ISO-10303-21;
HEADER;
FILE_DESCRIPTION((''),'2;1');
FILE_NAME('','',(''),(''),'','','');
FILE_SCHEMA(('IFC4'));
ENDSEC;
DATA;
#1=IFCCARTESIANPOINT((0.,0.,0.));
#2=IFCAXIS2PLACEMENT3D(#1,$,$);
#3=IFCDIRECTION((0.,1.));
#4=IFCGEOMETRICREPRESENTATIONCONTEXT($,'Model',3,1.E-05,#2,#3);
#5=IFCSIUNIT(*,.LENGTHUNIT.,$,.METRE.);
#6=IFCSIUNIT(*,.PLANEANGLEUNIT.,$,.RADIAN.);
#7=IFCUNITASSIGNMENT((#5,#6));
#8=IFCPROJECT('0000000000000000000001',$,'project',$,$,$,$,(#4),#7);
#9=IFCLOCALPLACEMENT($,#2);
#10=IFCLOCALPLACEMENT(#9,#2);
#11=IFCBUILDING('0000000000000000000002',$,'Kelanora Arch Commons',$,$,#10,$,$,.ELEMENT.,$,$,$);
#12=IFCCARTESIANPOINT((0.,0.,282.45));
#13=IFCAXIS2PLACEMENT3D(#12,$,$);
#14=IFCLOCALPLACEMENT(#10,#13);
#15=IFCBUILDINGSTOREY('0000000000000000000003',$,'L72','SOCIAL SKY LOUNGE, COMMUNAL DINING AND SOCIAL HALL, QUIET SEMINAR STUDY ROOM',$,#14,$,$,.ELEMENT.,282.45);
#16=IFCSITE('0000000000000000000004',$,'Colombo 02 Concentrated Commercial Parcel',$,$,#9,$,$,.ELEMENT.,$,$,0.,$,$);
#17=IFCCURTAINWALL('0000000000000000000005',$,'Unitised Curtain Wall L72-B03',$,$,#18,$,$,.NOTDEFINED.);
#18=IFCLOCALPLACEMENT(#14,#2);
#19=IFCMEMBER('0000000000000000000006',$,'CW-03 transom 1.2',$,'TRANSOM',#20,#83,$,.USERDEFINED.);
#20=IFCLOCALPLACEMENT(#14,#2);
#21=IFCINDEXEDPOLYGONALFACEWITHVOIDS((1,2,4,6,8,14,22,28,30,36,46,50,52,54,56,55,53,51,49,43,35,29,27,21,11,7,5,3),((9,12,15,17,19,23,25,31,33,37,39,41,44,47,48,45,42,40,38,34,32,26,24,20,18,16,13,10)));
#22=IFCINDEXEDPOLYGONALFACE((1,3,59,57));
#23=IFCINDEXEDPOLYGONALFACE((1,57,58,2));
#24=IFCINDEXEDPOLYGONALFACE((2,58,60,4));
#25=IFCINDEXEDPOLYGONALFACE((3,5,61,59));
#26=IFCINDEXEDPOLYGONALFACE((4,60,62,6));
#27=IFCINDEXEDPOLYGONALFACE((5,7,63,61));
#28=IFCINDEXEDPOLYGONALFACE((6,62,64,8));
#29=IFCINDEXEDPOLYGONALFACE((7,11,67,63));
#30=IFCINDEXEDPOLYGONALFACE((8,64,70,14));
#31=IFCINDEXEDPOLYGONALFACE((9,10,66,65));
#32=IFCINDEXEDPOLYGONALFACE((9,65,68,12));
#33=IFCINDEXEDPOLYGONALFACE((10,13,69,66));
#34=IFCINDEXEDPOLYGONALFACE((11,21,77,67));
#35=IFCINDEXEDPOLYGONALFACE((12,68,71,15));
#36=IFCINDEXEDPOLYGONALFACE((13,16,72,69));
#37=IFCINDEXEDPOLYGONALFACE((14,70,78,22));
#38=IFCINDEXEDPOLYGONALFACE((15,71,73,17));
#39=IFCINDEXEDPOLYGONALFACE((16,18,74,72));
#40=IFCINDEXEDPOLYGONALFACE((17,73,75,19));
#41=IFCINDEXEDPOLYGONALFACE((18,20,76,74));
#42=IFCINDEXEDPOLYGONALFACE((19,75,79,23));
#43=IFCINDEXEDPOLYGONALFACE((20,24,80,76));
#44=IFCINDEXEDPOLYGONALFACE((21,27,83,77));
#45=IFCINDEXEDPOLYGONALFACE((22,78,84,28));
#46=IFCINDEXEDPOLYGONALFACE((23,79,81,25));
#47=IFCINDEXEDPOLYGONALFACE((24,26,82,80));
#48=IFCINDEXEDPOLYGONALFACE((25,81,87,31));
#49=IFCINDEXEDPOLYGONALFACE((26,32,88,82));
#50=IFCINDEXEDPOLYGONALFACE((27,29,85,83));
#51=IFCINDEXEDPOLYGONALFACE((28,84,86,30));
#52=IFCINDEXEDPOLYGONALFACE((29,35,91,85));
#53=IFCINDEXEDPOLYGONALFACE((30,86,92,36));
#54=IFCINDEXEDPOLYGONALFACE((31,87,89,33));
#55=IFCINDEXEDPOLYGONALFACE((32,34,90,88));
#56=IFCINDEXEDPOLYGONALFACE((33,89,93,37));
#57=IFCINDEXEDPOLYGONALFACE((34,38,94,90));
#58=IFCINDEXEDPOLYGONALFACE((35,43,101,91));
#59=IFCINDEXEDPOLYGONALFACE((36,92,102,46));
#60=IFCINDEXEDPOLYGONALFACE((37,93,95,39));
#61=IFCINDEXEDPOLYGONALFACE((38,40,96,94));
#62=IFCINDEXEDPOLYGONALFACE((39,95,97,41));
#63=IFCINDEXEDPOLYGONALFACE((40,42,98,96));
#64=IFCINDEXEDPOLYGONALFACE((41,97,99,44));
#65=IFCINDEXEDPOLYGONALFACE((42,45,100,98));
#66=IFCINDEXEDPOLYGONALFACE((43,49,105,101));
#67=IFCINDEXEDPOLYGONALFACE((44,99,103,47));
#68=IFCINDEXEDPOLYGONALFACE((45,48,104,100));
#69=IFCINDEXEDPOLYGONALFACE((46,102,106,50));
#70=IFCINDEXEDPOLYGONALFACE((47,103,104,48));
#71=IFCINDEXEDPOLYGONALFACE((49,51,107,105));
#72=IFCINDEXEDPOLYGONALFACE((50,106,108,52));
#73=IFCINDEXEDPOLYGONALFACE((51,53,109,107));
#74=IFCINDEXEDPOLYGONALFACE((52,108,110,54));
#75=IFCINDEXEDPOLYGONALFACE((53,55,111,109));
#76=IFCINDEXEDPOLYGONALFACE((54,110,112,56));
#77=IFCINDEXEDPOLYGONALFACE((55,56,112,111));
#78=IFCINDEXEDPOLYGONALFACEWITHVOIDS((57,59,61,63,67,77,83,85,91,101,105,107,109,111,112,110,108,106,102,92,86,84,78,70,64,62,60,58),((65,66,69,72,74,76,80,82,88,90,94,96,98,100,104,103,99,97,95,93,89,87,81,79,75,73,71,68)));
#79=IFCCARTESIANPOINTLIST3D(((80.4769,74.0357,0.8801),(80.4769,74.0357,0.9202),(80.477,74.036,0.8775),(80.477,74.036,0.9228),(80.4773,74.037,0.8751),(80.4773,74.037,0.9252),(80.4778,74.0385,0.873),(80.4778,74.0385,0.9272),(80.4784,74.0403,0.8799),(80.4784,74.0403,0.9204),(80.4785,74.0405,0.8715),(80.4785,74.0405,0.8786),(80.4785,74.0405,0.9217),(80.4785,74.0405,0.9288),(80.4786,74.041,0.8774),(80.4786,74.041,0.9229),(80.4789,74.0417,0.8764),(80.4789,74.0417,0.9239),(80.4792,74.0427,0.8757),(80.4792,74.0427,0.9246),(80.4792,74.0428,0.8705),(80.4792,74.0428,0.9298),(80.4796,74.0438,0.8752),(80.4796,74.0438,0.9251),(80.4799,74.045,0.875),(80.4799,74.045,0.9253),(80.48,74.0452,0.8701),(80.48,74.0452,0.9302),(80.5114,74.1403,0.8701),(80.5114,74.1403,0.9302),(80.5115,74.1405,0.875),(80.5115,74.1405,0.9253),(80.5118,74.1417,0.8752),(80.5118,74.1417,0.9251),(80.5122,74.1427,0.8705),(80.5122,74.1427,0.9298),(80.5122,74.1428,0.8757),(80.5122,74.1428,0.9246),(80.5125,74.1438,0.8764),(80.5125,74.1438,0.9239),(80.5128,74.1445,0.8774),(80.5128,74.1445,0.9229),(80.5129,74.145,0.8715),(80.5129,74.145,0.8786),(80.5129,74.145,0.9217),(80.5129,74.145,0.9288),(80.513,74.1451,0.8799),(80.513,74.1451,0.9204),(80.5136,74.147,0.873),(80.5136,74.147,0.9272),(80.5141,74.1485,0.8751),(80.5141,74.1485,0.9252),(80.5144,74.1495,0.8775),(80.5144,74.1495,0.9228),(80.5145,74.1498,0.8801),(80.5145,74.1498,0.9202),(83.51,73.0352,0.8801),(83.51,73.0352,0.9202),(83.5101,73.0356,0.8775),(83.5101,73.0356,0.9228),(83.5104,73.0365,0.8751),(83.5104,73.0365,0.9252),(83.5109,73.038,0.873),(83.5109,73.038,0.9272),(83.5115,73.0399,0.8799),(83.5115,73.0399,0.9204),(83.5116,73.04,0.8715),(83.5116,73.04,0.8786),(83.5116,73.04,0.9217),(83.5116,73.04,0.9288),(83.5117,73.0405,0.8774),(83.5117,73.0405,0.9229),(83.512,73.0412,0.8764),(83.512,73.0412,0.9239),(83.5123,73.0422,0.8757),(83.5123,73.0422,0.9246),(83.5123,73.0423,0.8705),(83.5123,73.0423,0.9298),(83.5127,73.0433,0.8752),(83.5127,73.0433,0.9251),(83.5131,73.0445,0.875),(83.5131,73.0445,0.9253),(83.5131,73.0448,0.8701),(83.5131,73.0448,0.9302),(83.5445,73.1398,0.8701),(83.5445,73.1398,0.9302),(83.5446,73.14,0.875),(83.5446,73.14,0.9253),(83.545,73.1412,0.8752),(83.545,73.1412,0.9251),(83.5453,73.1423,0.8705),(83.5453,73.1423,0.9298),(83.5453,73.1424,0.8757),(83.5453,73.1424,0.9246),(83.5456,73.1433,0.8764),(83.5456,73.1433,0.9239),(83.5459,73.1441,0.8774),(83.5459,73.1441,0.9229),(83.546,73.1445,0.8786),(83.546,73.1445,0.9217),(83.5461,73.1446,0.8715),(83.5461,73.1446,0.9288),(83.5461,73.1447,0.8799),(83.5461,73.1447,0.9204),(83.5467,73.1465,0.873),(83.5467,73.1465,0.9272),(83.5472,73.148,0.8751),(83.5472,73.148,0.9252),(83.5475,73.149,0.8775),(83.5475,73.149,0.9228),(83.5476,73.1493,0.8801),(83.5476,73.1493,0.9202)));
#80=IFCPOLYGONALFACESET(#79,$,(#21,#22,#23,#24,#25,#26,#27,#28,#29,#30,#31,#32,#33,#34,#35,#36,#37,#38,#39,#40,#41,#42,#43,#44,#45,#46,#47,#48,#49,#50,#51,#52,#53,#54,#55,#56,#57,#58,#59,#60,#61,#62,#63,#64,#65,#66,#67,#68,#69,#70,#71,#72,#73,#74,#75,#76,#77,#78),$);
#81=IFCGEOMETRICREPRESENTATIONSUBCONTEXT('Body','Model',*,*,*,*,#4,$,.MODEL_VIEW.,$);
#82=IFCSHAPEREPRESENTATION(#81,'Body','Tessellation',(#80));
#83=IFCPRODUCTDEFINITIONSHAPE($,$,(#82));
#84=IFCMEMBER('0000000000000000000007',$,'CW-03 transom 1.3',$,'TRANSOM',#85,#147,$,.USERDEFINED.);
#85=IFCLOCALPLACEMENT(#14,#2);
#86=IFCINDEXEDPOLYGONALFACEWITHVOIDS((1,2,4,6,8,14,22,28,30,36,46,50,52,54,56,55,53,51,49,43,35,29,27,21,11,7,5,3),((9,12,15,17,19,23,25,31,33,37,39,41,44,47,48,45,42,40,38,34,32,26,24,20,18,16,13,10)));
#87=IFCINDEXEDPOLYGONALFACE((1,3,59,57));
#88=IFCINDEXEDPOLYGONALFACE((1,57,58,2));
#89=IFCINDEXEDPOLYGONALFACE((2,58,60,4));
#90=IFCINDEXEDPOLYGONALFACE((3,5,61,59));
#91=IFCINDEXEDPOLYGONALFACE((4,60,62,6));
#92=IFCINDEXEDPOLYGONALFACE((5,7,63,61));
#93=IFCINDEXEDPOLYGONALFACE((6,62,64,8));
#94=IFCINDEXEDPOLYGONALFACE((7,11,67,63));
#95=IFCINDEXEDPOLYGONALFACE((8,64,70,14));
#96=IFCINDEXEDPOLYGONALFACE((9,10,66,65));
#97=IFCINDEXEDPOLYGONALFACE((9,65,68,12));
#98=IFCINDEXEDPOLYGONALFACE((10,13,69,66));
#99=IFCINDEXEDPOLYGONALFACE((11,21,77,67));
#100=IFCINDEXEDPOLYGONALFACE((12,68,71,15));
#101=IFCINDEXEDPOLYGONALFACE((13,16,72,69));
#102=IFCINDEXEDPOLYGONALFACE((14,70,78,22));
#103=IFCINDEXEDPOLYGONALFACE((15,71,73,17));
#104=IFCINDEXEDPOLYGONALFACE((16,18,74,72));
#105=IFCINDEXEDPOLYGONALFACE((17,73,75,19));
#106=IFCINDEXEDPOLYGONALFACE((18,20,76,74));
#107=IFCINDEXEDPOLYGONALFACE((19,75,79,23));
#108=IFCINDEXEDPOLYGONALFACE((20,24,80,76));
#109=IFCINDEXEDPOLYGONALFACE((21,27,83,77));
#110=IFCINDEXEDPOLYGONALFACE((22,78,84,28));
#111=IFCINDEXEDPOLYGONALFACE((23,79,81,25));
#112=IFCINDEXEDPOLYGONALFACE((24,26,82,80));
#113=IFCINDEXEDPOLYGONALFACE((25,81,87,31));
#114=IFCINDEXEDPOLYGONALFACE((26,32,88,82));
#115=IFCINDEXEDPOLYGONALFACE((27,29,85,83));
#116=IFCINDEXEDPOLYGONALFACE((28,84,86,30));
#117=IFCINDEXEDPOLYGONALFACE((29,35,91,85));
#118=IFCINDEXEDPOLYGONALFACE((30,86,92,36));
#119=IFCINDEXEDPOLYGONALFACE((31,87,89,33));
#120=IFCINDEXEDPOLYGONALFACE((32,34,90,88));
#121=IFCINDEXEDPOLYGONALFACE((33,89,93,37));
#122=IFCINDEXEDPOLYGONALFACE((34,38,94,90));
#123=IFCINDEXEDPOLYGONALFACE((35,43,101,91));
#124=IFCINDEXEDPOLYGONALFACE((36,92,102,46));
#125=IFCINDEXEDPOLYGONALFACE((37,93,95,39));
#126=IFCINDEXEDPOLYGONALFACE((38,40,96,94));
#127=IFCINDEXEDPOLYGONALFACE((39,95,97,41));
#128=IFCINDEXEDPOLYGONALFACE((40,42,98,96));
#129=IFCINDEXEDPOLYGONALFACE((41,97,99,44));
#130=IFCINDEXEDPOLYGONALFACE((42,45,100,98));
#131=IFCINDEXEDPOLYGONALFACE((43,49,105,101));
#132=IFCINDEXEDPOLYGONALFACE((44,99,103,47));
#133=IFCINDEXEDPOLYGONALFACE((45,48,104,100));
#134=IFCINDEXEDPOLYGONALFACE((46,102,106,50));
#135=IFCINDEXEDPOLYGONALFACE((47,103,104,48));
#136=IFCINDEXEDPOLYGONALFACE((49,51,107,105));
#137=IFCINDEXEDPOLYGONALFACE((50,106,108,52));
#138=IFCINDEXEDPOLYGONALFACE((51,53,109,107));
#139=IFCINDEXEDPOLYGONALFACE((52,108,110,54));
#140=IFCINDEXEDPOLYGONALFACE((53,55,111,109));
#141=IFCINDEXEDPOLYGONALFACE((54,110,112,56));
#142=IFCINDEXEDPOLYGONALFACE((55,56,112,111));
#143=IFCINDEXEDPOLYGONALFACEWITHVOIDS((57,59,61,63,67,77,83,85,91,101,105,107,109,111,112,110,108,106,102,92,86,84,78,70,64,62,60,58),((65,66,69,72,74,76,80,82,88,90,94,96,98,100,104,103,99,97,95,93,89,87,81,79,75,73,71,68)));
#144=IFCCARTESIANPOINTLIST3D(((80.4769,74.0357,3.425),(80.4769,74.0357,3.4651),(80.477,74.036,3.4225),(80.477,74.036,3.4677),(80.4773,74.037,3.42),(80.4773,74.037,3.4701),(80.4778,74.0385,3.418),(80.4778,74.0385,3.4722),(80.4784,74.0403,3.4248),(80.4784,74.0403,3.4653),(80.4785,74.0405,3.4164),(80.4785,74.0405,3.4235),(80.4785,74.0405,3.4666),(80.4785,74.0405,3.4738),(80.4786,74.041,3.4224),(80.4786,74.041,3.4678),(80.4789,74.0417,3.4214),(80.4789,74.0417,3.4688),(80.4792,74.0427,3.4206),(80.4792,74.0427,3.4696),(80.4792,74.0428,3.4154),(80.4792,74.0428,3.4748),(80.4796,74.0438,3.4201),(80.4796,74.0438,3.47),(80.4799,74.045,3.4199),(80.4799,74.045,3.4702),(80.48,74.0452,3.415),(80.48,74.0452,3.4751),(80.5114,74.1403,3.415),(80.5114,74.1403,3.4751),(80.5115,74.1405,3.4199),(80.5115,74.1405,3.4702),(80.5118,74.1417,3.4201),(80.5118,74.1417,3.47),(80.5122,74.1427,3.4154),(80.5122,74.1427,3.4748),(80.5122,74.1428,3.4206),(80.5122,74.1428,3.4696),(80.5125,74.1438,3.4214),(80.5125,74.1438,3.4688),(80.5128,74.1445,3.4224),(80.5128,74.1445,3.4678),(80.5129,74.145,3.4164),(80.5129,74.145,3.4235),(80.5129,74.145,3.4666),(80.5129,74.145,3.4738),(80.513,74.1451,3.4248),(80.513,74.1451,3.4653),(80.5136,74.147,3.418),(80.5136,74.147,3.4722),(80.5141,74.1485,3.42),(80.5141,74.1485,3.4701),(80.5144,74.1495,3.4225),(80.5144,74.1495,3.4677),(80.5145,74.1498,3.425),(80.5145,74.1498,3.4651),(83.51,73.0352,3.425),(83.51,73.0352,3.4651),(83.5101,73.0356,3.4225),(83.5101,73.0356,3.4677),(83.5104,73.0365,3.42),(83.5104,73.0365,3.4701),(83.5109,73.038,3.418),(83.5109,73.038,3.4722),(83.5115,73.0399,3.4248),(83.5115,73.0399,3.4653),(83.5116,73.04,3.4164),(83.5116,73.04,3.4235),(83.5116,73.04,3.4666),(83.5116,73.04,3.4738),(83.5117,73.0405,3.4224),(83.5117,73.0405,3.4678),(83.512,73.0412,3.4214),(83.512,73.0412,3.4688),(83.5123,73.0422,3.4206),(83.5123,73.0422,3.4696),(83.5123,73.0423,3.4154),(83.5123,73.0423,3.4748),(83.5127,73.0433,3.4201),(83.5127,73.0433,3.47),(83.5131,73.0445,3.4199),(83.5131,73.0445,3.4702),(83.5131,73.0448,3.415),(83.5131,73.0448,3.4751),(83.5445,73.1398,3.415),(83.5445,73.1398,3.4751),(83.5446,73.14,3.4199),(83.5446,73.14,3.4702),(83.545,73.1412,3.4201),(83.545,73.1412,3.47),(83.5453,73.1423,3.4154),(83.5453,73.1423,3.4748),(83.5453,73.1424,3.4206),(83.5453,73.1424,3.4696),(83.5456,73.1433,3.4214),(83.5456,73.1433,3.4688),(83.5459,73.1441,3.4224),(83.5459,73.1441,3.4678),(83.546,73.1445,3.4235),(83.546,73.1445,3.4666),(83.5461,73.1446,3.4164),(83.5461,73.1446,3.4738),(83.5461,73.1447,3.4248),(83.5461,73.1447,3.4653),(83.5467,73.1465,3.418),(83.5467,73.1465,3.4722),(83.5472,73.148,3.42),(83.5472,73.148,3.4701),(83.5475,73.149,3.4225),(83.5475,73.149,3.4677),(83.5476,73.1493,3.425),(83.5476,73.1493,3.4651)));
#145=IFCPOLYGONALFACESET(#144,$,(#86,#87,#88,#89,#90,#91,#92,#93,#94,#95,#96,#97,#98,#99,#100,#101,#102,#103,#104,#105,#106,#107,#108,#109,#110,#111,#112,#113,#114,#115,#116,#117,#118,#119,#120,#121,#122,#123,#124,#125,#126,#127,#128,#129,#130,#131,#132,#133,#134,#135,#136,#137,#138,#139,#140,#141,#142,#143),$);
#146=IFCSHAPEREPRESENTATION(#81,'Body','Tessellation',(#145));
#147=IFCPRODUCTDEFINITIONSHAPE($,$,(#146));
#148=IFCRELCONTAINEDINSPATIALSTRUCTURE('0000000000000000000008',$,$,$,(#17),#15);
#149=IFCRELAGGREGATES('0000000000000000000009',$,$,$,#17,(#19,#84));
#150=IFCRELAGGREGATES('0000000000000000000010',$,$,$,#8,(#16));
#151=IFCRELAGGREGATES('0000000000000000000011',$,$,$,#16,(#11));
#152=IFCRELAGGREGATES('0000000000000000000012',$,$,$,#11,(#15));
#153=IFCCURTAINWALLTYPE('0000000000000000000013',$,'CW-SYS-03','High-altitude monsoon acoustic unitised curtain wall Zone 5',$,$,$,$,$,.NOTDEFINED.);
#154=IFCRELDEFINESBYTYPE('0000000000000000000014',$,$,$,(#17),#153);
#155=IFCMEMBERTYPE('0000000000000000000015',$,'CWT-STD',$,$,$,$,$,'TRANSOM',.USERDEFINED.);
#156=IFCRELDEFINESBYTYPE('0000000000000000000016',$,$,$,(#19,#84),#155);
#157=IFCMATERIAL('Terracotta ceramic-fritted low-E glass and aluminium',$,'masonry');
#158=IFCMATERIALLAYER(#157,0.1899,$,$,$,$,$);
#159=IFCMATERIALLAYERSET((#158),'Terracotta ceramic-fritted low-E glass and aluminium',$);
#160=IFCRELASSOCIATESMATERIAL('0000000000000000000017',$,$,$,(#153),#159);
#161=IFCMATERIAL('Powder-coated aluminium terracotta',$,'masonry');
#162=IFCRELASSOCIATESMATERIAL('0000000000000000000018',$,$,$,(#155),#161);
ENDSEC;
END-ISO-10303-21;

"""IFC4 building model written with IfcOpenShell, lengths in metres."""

from ifc_helpers import new_model, si_unit, direction, frame, origin, origin_2d, place, context, subcontext, project, spatial, hollow_rectangle, extrude, material, layer, layer_set, material_profile, profile_set, type_object, element, aggregate, save


model = new_model("IFC4")

# Units and contexts
model_context = context("Model", 3, precision=1e-05, world=origin(), true_north=direction((0.0, 1.0)))
body_context = subcontext(model_context, "Body", "Model", "MODEL_VIEW")
ifc_project = project(units=[si_unit("LENGTHUNIT", "METRE"), si_unit("PLANEANGLEUNIT", "RADIAN")], contexts=[model_context])

# Site, building, storey
site_placement = place(None, origin())
site = spatial("IfcSite", under=ifc_project, at=site_placement, Name="Colombo 02 Concentrated Commercial Parcel", CompositionType="ELEMENT", RefElevation=0.0)
building_placement = place(site_placement, origin())
building = spatial("IfcBuilding", under=site, at=building_placement, Name="Kelanora Arch Commons", CompositionType="ELEMENT")
storey_placement = place(building_placement, frame((0.0, 0.0, 282.45)))
storey = spatial("IfcBuildingStorey", under=building, at=storey_placement, Name="L72", Description="SOCIAL SKY LOUNGE, COMMUNAL DINING AND SOCIAL HALL, QUIET SEMINAR STUDY ROOM", CompositionType="ELEMENT", Elevation=282.45)

# Shared definitions
ifc_material_1 = material(Name="Terracotta ceramic-fritted low-E glass and aluminium", Category="masonry")
ifc_layer_1 = layer(ifc_material_1, 0.1899)
ifc_layer_set_1 = layer_set([ifc_layer_1], Name="Terracotta ceramic-fritted low-E glass and aluminium")
curtain_wall_type = type_object("IfcCurtainWallType", Name="CW-SYS-03", Description="High-altitude monsoon acoustic unitised curtain wall Zone 5", PredefinedType="NOTDEFINED", material=ifc_layer_set_1)
ifc_material_2 = material(Name="Powder-coated aluminium terracotta", Category="masonry")

# Curtain wall, members
curtain_wall_1_placement = place(storey_placement, origin())
curtain_wall_1 = element("IfcCurtainWall", 1, at=curtain_wall_1_placement, inside=storey, type_object=curtain_wall_type, Name="Unitised Curtain Wall L72-B03", PredefinedType="NOTDEFINED")
ifc_material_profile_1 = material_profile(ifc_material_2, hollow_rectangle(XDim=0.1201, YDim=0.0601, WallThickness=0.0049, InnerFilletRadius=0.0049, OuterFilletRadius=0.01, at=origin_2d()), Name="CWT120x60")
ifc_profile_set_1 = profile_set([ifc_material_profile_1], Name="Powder-coated aluminium terracotta")
member_type_1 = type_object("IfcMemberType", Name="CWT-STD", ElementType="TRANSOM", PredefinedType="USERDEFINED", material=ifc_profile_set_1)
member_1_placement = place(storey_placement, frame((83.5288, 73.0923, 0.9001), z_axis=(-0.949672, 0.313245, 0.0), x_axis=(-0.313245, -0.949672, 0.0)))
member_1 = element("IfcMember", 2, at=member_1_placement, type_object=member_type_1, Name="CW-03 transom 1.2", ObjectType="TRANSOM", PredefinedType="USERDEFINED", context=body_context, shape_type="SweptSolid", body=[
    extrude(hollow_rectangle(XDim=0.1201, YDim=0.0601, WallThickness=0.0049, InnerFilletRadius=0.0049, OuterFilletRadius=0.01, at=origin_2d()), origin(), (0.0, 0.0, 1.0), 3.1938),
])
member_2_placement = place(storey_placement, frame((83.5288, 73.0923, 3.4451), z_axis=(-0.949672, 0.313245, 0.0), x_axis=(-0.313245, -0.949672, 0.0)))
member_2 = element("IfcMember", 3, at=member_2_placement, type_object=member_type_1, Name="CW-03 transom 1.3", ObjectType="TRANSOM", PredefinedType="USERDEFINED", context=body_context, shape_type="SweptSolid", body=[
    extrude(hollow_rectangle(XDim=0.1201, YDim=0.0601, WallThickness=0.0049, InnerFilletRadius=0.0049, OuterFilletRadius=0.01, at=origin_2d()), origin(), (0.0, 0.0, 1.0), 3.1938),
])
aggregate(curtain_wall_1, [member_1, member_2])

save(model, "model.ifc")
